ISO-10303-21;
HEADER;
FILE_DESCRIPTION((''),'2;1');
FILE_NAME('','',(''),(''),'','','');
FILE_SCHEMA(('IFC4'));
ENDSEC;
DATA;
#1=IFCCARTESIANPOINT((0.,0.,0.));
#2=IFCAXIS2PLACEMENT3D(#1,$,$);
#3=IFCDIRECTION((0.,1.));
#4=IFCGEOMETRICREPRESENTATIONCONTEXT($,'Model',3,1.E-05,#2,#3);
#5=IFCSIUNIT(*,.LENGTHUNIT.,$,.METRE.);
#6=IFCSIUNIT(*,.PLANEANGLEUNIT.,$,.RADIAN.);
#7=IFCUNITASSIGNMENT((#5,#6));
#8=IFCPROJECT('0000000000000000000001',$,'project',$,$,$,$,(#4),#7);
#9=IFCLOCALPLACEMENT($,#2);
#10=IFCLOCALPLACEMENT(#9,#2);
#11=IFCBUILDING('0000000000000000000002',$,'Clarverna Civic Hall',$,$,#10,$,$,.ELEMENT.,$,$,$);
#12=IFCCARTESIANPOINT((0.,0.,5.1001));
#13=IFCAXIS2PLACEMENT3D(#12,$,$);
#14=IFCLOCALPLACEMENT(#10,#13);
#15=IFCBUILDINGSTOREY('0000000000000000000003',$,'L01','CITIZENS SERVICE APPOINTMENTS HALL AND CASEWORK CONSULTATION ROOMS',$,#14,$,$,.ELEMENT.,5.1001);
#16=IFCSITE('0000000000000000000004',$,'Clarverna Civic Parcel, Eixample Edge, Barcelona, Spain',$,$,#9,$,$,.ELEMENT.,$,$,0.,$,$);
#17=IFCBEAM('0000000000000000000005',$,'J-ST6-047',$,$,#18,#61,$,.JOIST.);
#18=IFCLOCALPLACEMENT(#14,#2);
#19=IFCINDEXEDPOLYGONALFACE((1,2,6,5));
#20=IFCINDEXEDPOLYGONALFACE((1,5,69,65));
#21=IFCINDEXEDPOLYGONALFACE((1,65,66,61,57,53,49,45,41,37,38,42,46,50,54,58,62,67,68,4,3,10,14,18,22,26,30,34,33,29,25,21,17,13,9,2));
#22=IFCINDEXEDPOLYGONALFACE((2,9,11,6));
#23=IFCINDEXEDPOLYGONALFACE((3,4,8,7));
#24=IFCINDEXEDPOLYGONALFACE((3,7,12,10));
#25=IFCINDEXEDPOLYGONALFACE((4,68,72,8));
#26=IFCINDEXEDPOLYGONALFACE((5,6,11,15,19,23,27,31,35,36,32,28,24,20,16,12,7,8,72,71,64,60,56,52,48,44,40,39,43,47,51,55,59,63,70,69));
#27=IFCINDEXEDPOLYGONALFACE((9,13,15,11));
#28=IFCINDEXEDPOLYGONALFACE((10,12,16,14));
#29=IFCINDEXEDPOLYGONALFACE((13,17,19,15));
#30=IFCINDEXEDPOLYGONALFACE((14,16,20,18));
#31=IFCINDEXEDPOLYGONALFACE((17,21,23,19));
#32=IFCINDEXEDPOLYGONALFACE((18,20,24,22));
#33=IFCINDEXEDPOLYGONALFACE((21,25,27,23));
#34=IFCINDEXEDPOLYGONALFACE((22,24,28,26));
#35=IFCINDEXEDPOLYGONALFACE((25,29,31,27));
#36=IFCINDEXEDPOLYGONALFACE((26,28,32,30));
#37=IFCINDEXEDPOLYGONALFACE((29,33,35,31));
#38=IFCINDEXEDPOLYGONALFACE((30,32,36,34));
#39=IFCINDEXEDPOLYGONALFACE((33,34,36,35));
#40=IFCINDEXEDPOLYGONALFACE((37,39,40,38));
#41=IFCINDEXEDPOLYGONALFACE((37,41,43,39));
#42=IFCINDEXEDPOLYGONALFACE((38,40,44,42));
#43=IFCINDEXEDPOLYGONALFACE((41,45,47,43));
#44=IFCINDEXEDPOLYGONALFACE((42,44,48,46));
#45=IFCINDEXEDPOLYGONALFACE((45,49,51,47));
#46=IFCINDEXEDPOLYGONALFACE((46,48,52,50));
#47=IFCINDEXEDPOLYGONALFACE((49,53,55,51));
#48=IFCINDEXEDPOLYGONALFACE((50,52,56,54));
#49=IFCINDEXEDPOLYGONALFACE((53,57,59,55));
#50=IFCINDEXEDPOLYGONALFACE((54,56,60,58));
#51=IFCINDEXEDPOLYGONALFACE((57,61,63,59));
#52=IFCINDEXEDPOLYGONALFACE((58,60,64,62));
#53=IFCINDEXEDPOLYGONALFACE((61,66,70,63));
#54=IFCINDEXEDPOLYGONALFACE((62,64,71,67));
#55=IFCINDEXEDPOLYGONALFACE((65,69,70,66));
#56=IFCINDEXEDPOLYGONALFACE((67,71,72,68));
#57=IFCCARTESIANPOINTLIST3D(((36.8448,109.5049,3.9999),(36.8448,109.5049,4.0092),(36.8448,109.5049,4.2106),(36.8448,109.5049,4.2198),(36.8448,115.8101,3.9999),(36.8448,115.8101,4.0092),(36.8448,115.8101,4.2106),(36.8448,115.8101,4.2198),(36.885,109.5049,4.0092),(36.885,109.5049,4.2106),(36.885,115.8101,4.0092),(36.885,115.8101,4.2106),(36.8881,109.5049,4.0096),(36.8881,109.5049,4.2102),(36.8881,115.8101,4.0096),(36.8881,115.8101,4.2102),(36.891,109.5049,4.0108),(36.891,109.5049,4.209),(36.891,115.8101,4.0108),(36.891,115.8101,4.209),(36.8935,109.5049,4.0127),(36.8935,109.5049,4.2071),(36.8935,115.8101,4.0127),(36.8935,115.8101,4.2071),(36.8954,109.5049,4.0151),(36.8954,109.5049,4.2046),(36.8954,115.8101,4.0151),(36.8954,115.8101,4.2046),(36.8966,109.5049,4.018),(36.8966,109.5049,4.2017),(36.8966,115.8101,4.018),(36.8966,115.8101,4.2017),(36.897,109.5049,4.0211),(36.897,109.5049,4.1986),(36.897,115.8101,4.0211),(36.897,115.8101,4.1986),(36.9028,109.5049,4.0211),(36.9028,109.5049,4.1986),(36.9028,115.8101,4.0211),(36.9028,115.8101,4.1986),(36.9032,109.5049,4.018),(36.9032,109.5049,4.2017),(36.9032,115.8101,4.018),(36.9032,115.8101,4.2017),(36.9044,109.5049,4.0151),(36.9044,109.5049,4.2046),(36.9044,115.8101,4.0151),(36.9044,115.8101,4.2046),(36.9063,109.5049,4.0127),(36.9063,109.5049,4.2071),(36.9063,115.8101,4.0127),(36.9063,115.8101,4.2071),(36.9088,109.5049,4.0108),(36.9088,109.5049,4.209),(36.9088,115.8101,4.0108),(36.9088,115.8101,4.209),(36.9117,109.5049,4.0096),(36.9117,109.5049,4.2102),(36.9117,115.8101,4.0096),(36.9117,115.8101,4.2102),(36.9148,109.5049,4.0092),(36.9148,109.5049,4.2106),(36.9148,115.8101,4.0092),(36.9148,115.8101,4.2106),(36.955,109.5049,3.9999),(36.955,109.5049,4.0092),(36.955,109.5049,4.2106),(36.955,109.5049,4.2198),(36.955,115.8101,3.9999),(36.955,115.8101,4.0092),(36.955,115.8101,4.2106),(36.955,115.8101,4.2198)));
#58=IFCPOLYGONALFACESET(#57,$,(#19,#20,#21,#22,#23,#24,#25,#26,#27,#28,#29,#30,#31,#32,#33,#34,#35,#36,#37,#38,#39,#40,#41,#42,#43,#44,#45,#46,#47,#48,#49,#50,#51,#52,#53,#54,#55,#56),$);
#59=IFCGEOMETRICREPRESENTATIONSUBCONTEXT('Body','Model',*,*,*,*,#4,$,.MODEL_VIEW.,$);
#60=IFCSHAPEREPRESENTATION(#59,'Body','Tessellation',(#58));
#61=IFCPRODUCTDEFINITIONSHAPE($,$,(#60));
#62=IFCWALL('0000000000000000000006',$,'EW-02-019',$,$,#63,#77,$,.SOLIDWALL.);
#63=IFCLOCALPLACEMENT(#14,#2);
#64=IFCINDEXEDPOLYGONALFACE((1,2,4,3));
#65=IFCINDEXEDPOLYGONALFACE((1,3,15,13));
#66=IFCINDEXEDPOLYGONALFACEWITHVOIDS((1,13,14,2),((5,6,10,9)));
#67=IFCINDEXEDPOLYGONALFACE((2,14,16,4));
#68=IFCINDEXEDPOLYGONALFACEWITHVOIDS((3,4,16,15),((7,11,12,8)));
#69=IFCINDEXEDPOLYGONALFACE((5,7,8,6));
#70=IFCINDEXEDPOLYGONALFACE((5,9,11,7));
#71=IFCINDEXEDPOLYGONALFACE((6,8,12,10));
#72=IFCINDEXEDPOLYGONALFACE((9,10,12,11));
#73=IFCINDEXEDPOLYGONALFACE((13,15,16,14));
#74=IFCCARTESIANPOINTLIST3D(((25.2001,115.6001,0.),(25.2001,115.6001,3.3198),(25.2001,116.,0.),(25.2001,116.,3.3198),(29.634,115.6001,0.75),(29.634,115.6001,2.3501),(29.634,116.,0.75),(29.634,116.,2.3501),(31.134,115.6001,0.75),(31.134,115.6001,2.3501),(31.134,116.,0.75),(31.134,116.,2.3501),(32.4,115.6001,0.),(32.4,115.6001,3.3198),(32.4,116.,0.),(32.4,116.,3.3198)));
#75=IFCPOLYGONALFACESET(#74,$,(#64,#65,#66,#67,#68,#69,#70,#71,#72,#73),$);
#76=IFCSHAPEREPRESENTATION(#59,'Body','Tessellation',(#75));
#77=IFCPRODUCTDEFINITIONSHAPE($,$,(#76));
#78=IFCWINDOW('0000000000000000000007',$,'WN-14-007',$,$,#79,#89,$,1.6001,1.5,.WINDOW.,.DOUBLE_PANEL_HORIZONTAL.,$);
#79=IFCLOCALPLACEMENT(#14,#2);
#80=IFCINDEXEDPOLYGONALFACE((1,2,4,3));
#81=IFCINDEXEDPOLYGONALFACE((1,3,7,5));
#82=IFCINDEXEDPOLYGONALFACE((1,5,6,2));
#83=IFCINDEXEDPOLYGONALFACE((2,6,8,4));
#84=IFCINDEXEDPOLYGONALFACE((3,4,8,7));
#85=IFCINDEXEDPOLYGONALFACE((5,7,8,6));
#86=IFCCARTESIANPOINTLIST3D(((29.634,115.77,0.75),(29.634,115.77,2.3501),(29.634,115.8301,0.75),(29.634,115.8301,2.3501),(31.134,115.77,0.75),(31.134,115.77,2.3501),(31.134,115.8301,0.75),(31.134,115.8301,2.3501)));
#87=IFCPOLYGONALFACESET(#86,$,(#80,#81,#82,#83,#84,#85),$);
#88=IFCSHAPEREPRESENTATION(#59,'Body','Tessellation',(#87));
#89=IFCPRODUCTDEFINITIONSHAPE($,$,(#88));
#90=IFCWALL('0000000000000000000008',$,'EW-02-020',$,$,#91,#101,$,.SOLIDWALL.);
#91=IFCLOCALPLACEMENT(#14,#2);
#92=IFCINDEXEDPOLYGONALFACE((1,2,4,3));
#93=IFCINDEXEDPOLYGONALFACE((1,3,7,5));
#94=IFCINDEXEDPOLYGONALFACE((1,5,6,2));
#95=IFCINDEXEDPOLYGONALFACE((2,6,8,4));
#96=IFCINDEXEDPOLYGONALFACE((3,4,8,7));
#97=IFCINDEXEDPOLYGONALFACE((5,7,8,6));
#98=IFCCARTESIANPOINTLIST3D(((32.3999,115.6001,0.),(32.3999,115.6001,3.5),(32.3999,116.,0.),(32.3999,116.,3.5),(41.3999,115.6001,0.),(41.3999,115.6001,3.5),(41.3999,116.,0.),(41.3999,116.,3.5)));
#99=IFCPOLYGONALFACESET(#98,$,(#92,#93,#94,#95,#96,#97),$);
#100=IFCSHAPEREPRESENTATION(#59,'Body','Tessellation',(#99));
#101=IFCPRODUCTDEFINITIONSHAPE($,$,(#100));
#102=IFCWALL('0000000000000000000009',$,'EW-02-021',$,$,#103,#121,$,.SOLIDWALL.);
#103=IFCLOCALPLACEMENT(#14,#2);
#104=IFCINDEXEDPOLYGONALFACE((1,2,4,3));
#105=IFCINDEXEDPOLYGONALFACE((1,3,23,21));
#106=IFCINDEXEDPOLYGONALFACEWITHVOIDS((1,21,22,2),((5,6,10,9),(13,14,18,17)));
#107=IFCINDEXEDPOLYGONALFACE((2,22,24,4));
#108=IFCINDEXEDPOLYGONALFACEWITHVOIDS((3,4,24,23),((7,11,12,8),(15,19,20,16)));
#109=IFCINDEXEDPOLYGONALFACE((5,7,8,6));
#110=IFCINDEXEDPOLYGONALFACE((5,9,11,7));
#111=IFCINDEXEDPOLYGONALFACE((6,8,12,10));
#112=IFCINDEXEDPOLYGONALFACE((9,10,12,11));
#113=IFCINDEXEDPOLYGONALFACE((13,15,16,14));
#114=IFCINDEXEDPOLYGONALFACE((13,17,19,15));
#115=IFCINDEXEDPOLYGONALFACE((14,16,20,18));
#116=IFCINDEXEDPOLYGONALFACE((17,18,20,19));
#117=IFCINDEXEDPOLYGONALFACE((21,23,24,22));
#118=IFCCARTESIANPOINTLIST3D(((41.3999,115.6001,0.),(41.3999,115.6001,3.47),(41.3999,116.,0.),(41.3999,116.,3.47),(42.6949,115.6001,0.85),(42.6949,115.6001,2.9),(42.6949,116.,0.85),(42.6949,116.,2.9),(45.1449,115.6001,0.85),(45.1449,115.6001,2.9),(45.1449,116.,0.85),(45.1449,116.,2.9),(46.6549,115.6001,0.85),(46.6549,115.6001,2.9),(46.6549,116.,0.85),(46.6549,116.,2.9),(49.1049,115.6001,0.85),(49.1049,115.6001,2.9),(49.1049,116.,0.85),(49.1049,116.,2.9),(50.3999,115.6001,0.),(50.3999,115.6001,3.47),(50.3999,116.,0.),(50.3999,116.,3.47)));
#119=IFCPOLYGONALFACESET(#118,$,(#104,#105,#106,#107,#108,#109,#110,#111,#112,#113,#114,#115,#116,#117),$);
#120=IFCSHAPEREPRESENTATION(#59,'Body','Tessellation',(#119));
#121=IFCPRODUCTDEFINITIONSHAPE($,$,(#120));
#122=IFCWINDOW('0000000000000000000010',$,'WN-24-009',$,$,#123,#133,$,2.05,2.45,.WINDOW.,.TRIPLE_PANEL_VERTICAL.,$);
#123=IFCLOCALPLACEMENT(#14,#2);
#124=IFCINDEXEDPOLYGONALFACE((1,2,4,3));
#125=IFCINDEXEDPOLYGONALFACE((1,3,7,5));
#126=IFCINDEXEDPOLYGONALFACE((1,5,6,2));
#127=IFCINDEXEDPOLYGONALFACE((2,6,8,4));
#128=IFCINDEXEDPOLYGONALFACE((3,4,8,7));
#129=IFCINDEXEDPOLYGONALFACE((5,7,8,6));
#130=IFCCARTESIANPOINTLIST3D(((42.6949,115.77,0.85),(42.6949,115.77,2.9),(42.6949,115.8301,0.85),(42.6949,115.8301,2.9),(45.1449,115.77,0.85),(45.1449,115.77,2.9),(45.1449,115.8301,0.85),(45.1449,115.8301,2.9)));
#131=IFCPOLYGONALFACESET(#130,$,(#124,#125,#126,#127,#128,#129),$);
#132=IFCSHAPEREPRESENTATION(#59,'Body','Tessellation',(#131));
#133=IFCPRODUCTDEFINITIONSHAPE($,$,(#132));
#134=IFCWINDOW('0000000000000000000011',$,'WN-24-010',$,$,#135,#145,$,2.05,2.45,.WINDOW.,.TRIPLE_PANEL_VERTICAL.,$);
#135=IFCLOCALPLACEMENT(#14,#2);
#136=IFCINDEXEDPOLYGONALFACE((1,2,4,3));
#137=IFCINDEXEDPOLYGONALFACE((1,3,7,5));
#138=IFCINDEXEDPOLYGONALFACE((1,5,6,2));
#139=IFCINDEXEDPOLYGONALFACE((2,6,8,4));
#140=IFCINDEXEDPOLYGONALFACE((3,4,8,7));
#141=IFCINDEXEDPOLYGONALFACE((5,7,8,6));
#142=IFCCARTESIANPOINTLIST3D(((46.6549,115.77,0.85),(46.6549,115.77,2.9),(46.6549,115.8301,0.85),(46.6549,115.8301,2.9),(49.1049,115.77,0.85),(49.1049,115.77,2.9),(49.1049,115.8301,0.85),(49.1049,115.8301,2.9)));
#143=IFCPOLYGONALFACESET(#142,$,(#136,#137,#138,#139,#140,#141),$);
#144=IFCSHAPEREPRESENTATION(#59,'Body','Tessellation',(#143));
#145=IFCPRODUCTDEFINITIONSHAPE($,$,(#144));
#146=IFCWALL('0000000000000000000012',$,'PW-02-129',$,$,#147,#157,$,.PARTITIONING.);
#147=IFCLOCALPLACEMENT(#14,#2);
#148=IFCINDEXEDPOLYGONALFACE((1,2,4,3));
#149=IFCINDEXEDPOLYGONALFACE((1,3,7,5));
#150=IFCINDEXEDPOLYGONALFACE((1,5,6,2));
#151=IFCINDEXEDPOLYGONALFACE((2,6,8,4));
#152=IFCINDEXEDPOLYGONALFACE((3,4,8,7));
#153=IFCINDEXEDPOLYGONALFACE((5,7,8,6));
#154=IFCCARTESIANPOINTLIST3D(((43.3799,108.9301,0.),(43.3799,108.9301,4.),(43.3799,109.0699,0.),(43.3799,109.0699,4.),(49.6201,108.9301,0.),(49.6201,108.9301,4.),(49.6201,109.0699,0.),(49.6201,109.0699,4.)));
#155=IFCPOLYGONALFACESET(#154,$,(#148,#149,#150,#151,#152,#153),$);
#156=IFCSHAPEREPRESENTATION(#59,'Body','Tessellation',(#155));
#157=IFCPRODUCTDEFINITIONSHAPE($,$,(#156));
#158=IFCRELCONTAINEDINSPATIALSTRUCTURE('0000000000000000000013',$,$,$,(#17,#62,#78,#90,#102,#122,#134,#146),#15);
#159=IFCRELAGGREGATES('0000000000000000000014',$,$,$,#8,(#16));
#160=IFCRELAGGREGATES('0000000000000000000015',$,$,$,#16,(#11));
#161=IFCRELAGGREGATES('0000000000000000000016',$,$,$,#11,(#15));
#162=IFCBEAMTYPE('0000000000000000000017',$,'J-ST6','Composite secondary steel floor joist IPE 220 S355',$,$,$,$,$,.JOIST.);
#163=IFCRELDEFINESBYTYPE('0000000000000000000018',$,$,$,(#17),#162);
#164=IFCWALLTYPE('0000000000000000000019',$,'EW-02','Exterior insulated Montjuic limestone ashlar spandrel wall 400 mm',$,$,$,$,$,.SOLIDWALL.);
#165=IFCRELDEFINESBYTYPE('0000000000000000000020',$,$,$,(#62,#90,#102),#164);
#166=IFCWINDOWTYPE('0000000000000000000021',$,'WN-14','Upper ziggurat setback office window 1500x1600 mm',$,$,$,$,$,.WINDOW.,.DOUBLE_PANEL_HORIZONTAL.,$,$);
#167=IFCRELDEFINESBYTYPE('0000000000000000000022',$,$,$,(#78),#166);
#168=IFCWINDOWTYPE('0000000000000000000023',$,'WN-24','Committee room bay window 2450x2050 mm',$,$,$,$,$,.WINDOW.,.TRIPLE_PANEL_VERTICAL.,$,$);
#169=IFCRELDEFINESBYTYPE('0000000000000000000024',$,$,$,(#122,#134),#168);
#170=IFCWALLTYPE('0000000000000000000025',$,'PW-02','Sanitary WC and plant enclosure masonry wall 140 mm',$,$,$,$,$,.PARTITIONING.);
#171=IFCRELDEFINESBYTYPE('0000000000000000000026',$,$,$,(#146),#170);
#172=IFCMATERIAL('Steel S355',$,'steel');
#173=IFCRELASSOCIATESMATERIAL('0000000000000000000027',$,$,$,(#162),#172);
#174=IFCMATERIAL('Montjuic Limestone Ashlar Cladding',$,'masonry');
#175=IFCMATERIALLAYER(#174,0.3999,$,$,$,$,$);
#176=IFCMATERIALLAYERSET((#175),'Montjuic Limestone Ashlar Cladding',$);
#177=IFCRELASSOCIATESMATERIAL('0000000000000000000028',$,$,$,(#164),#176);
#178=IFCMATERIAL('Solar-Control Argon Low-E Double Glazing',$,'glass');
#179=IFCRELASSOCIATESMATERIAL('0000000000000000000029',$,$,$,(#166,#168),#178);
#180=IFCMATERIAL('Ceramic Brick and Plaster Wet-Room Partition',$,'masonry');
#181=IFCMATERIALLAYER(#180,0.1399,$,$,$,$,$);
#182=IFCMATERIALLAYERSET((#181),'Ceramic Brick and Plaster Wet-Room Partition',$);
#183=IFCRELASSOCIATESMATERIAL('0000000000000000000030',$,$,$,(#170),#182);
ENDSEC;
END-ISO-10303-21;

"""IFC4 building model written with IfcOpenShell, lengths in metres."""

from ifc_helpers import new_model, si_unit, direction, frame, frame_2d, origin, origin_2d, place, context, subcontext, project, spatial, rectangle, i_section, extrude, material, layer, layer_set, material_profile, profile_set, type_object, element, fill, save


model = new_model("IFC4")

# Units and contexts
model_context = context("Model", 3, precision=1e-05, world=origin(), true_north=direction((0.0, 1.0)))
body_context = subcontext(model_context, "Body", "Model", "MODEL_VIEW")
ifc_project = project(units=[si_unit("LENGTHUNIT", "METRE"), si_unit("PLANEANGLEUNIT", "RADIAN")], contexts=[model_context])

# Site, building, storey
site_placement = place(None, origin())
site = spatial("IfcSite", under=ifc_project, at=site_placement, Name="Clarverna Civic Parcel, Eixample Edge, Barcelona, Spain", CompositionType="ELEMENT", RefElevation=0.0)
building_placement = place(site_placement, origin())
building = spatial("IfcBuilding", under=site, at=building_placement, Name="Clarverna Civic Hall", CompositionType="ELEMENT")
storey_placement = place(building_placement, frame((0.0, 0.0, 5.1001)))
storey = spatial("IfcBuildingStorey", under=building, at=storey_placement, Name="L01", Description="CITIZENS SERVICE APPOINTMENTS HALL AND CASEWORK CONSULTATION ROOMS", CompositionType="ELEMENT", Elevation=5.1001)

# Beam
ifc_material_1 = material(Name="Steel S355", Category="steel")
ifc_material_profile_1 = material_profile(ifc_material_1, i_section(OverallWidth=0.1101, OverallDepth=0.22, WebThickness=0.0059, FlangeThickness=0.0093, FilletRadius=0.012, at=origin_2d()), Name="IPE 220")
ifc_profile_set_1 = profile_set([ifc_material_profile_1], Name="Steel S355")
beam_type_1 = type_object("IfcBeamType", Name="J-ST6", Description="Composite secondary steel floor joist IPE 220 S355", PredefinedType="JOIST", material=ifc_profile_set_1)
beam_1_placement = place(storey_placement, frame((36.8999, 109.5049, 4.1099), z_axis=(0.0, 1.0, 0.0), x_axis=(-1.0, 0.0, 0.0)))
element("IfcBeam", 1, at=beam_1_placement, inside=storey, type_object=beam_type_1, Name="J-ST6-047", PredefinedType="JOIST", context=body_context, shape_type="SweptSolid", body=[
    extrude(i_section(OverallWidth=0.1101, OverallDepth=0.22, WebThickness=0.0059, FlangeThickness=0.0093, FilletRadius=0.012, at=origin_2d()), origin(), (0.0, 0.0, 1.0), 6.3052),
])

# Wall, opening, window
ifc_material_2 = material(Name="Montjuic Limestone Ashlar Cladding", Category="masonry")
ifc_layer_1 = layer(ifc_material_2, 0.3999)
ifc_layer_set_1 = layer_set([ifc_layer_1], Name="Montjuic Limestone Ashlar Cladding")
wall_type_1 = type_object("IfcWallType", Name="EW-02", Description="Exterior insulated Montjuic limestone ashlar spandrel wall 400 mm", PredefinedType="SOLIDWALL", material=ifc_layer_set_1)
wall_1_placement = place(storey_placement, frame((25.2, 115.8, 0.0), z_axis=(0.0, 0.0, 1.0), x_axis=(1.0, 0.0, 0.0)))
wall_1 = element("IfcWall", 2, at=wall_1_placement, inside=storey, type_object=wall_type_1, Name="EW-02-019", PredefinedType="SOLIDWALL", context=body_context, shape_type="SweptSolid", body=[
    extrude(rectangle(XDim=7.2, YDim=0.3999, at=frame_2d((3.6001, 0.0))), origin(), (0.0, 0.0, 1.0), 3.3198),
])
opening_1_placement = place(wall_1_placement, frame((4.4341, 0.0, 0.75)))
opening_1 = element("IfcOpeningElement", 3, at=opening_1_placement, cuts=wall_1, PredefinedType="OPENING", context=body_context, shape_type="SweptSolid", body=[
    extrude(rectangle(XDim=1.5, YDim=1.6001, at=frame_2d((0.75, 0.8))), frame((0.0, 0.21, 0.0), z_axis=(0.0, -1.0, 0.0), x_axis=(1.0, 0.0, 0.0)), (0.0, 0.0, 1.0), 0.4199),
])
ifc_material_3 = material(Name="Solar-Control Argon Low-E Double Glazing", Category="glass")
window_type_1 = type_object("IfcWindowType", Name="WN-14", Description="Upper ziggurat setback office window 1500x1600 mm", PartitioningType="DOUBLE_PANEL_HORIZONTAL", PredefinedType="WINDOW", material=ifc_material_3)
window_1_placement = place(opening_1_placement, origin())
window_1 = element("IfcWindow", 4, at=window_1_placement, inside=storey, type_object=window_type_1, Name="WN-14-007", OverallHeight=1.6001, OverallWidth=1.5, PartitioningType="DOUBLE_PANEL_HORIZONTAL", PredefinedType="WINDOW", context=body_context, shape_type="SweptSolid", body=[
    extrude(rectangle(XDim=1.5, YDim=1.6001, at=frame_2d((0.75, 0.8))), frame((0.0, 0.03, 0.0), z_axis=(0.0, -1.0, 0.0), x_axis=(1.0, 0.0, 0.0)), (0.0, 0.0, 1.0), 0.0601),
])
fill(opening_1, window_1)

# Wall
wall_2_placement = place(storey_placement, frame((32.3999, 115.8, 0.0), z_axis=(0.0, 0.0, 1.0), x_axis=(1.0, 0.0, 0.0)))
element("IfcWall", 5, at=wall_2_placement, inside=storey, type_object=wall_type_1, Name="EW-02-020", PredefinedType="SOLIDWALL", context=body_context, shape_type="SweptSolid", body=[
    extrude(rectangle(XDim=9.0, YDim=0.3999, at=frame_2d((4.5, 0.0))), origin(), (0.0, 0.0, 1.0), 3.5),
])

# Wall, openings, windows
wall_3_placement = place(storey_placement, frame((41.3999, 115.8, 0.0), z_axis=(0.0, 0.0, 1.0), x_axis=(1.0, 0.0, 0.0)))
wall_3 = element("IfcWall", 6, at=wall_3_placement, inside=storey, type_object=wall_type_1, Name="EW-02-021", PredefinedType="SOLIDWALL", context=body_context, shape_type="SweptSolid", body=[
    extrude(rectangle(XDim=9.0, YDim=0.3999, at=frame_2d((4.5, 0.0))), origin(), (0.0, 0.0, 1.0), 3.47),
])
opening_2_placement = place(wall_3_placement, frame((1.2949, 0.0, 0.8501)))
opening_2 = element("IfcOpeningElement", 7, at=opening_2_placement, cuts=wall_3, PredefinedType="OPENING", context=body_context, shape_type="SweptSolid", body=[
    extrude(rectangle(XDim=2.45, YDim=2.05, at=frame_2d((1.2251, 1.0249))), frame((0.0, 0.21, 0.0), z_axis=(0.0, -1.0, 0.0), x_axis=(1.0, 0.0, 0.0)), (0.0, 0.0, 1.0), 0.4199),
])
opening_3_placement = place(wall_3_placement, frame((5.2549, 0.0, 0.8501)))
opening_3 = element("IfcOpeningElement", 8, at=opening_3_placement, cuts=wall_3, PredefinedType="OPENING", context=body_context, shape_type="SweptSolid", body=[
    extrude(rectangle(XDim=2.45, YDim=2.05, at=frame_2d((1.2251, 1.0249))), frame((0.0, 0.21, 0.0), z_axis=(0.0, -1.0, 0.0), x_axis=(1.0, 0.0, 0.0)), (0.0, 0.0, 1.0), 0.4199),
])
window_type_2 = type_object("IfcWindowType", Name="WN-24", Description="Committee room bay window 2450x2050 mm", PartitioningType="TRIPLE_PANEL_VERTICAL", PredefinedType="WINDOW", material=ifc_material_3)
window_2_placement = place(opening_2_placement, origin())
window_2 = element("IfcWindow", 9, at=window_2_placement, inside=storey, type_object=window_type_2, Name="WN-24-009", OverallHeight=2.05, OverallWidth=2.45, PartitioningType="TRIPLE_PANEL_VERTICAL", PredefinedType="WINDOW", context=body_context, shape_type="SweptSolid", body=[
    extrude(rectangle(XDim=2.45, YDim=2.05, at=frame_2d((1.2251, 1.0249))), frame((0.0, 0.03, 0.0), z_axis=(0.0, -1.0, 0.0), x_axis=(1.0, 0.0, 0.0)), (0.0, 0.0, 1.0), 0.0601),
])
fill(opening_2, window_2)
window_3_placement = place(opening_3_placement, origin())
window_3 = element("IfcWindow", 10, at=window_3_placement, inside=storey, type_object=window_type_2, Name="WN-24-010", OverallHeight=2.05, OverallWidth=2.45, PartitioningType="TRIPLE_PANEL_VERTICAL", PredefinedType="WINDOW", context=body_context, shape_type="SweptSolid", body=[
    extrude(rectangle(XDim=2.45, YDim=2.05, at=frame_2d((1.2251, 1.0249))), frame((0.0, 0.03, 0.0), z_axis=(0.0, -1.0, 0.0), x_axis=(1.0, 0.0, 0.0)), (0.0, 0.0, 1.0), 0.0601),
])
fill(opening_3, window_3)

# Wall
ifc_material_4 = material(Name="Ceramic Brick and Plaster Wet-Room Partition", Category="masonry")
ifc_layer_2 = layer(ifc_material_4, 0.1399)
ifc_layer_set_2 = layer_set([ifc_layer_2], Name="Ceramic Brick and Plaster Wet-Room Partition")
wall_type_2 = type_object("IfcWallType", Name="PW-02", Description="Sanitary WC and plant enclosure masonry wall 140 mm", PredefinedType="PARTITIONING", material=ifc_layer_set_2)
wall_4_placement = place(storey_placement, frame((43.3799, 109.0, 0.0), z_axis=(0.0, 0.0, 1.0), x_axis=(1.0, 0.0, 0.0)))
element("IfcWall", 11, at=wall_4_placement, inside=storey, type_object=wall_type_2, Name="PW-02-129", PredefinedType="PARTITIONING", context=body_context, shape_type="SweptSolid", body=[
    extrude(rectangle(XDim=6.2402, YDim=0.1399, at=frame_2d((3.1201, 0.0))), origin(), (0.0, 0.0, 1.0), 4.0),
])

save(model, "model.ifc")
